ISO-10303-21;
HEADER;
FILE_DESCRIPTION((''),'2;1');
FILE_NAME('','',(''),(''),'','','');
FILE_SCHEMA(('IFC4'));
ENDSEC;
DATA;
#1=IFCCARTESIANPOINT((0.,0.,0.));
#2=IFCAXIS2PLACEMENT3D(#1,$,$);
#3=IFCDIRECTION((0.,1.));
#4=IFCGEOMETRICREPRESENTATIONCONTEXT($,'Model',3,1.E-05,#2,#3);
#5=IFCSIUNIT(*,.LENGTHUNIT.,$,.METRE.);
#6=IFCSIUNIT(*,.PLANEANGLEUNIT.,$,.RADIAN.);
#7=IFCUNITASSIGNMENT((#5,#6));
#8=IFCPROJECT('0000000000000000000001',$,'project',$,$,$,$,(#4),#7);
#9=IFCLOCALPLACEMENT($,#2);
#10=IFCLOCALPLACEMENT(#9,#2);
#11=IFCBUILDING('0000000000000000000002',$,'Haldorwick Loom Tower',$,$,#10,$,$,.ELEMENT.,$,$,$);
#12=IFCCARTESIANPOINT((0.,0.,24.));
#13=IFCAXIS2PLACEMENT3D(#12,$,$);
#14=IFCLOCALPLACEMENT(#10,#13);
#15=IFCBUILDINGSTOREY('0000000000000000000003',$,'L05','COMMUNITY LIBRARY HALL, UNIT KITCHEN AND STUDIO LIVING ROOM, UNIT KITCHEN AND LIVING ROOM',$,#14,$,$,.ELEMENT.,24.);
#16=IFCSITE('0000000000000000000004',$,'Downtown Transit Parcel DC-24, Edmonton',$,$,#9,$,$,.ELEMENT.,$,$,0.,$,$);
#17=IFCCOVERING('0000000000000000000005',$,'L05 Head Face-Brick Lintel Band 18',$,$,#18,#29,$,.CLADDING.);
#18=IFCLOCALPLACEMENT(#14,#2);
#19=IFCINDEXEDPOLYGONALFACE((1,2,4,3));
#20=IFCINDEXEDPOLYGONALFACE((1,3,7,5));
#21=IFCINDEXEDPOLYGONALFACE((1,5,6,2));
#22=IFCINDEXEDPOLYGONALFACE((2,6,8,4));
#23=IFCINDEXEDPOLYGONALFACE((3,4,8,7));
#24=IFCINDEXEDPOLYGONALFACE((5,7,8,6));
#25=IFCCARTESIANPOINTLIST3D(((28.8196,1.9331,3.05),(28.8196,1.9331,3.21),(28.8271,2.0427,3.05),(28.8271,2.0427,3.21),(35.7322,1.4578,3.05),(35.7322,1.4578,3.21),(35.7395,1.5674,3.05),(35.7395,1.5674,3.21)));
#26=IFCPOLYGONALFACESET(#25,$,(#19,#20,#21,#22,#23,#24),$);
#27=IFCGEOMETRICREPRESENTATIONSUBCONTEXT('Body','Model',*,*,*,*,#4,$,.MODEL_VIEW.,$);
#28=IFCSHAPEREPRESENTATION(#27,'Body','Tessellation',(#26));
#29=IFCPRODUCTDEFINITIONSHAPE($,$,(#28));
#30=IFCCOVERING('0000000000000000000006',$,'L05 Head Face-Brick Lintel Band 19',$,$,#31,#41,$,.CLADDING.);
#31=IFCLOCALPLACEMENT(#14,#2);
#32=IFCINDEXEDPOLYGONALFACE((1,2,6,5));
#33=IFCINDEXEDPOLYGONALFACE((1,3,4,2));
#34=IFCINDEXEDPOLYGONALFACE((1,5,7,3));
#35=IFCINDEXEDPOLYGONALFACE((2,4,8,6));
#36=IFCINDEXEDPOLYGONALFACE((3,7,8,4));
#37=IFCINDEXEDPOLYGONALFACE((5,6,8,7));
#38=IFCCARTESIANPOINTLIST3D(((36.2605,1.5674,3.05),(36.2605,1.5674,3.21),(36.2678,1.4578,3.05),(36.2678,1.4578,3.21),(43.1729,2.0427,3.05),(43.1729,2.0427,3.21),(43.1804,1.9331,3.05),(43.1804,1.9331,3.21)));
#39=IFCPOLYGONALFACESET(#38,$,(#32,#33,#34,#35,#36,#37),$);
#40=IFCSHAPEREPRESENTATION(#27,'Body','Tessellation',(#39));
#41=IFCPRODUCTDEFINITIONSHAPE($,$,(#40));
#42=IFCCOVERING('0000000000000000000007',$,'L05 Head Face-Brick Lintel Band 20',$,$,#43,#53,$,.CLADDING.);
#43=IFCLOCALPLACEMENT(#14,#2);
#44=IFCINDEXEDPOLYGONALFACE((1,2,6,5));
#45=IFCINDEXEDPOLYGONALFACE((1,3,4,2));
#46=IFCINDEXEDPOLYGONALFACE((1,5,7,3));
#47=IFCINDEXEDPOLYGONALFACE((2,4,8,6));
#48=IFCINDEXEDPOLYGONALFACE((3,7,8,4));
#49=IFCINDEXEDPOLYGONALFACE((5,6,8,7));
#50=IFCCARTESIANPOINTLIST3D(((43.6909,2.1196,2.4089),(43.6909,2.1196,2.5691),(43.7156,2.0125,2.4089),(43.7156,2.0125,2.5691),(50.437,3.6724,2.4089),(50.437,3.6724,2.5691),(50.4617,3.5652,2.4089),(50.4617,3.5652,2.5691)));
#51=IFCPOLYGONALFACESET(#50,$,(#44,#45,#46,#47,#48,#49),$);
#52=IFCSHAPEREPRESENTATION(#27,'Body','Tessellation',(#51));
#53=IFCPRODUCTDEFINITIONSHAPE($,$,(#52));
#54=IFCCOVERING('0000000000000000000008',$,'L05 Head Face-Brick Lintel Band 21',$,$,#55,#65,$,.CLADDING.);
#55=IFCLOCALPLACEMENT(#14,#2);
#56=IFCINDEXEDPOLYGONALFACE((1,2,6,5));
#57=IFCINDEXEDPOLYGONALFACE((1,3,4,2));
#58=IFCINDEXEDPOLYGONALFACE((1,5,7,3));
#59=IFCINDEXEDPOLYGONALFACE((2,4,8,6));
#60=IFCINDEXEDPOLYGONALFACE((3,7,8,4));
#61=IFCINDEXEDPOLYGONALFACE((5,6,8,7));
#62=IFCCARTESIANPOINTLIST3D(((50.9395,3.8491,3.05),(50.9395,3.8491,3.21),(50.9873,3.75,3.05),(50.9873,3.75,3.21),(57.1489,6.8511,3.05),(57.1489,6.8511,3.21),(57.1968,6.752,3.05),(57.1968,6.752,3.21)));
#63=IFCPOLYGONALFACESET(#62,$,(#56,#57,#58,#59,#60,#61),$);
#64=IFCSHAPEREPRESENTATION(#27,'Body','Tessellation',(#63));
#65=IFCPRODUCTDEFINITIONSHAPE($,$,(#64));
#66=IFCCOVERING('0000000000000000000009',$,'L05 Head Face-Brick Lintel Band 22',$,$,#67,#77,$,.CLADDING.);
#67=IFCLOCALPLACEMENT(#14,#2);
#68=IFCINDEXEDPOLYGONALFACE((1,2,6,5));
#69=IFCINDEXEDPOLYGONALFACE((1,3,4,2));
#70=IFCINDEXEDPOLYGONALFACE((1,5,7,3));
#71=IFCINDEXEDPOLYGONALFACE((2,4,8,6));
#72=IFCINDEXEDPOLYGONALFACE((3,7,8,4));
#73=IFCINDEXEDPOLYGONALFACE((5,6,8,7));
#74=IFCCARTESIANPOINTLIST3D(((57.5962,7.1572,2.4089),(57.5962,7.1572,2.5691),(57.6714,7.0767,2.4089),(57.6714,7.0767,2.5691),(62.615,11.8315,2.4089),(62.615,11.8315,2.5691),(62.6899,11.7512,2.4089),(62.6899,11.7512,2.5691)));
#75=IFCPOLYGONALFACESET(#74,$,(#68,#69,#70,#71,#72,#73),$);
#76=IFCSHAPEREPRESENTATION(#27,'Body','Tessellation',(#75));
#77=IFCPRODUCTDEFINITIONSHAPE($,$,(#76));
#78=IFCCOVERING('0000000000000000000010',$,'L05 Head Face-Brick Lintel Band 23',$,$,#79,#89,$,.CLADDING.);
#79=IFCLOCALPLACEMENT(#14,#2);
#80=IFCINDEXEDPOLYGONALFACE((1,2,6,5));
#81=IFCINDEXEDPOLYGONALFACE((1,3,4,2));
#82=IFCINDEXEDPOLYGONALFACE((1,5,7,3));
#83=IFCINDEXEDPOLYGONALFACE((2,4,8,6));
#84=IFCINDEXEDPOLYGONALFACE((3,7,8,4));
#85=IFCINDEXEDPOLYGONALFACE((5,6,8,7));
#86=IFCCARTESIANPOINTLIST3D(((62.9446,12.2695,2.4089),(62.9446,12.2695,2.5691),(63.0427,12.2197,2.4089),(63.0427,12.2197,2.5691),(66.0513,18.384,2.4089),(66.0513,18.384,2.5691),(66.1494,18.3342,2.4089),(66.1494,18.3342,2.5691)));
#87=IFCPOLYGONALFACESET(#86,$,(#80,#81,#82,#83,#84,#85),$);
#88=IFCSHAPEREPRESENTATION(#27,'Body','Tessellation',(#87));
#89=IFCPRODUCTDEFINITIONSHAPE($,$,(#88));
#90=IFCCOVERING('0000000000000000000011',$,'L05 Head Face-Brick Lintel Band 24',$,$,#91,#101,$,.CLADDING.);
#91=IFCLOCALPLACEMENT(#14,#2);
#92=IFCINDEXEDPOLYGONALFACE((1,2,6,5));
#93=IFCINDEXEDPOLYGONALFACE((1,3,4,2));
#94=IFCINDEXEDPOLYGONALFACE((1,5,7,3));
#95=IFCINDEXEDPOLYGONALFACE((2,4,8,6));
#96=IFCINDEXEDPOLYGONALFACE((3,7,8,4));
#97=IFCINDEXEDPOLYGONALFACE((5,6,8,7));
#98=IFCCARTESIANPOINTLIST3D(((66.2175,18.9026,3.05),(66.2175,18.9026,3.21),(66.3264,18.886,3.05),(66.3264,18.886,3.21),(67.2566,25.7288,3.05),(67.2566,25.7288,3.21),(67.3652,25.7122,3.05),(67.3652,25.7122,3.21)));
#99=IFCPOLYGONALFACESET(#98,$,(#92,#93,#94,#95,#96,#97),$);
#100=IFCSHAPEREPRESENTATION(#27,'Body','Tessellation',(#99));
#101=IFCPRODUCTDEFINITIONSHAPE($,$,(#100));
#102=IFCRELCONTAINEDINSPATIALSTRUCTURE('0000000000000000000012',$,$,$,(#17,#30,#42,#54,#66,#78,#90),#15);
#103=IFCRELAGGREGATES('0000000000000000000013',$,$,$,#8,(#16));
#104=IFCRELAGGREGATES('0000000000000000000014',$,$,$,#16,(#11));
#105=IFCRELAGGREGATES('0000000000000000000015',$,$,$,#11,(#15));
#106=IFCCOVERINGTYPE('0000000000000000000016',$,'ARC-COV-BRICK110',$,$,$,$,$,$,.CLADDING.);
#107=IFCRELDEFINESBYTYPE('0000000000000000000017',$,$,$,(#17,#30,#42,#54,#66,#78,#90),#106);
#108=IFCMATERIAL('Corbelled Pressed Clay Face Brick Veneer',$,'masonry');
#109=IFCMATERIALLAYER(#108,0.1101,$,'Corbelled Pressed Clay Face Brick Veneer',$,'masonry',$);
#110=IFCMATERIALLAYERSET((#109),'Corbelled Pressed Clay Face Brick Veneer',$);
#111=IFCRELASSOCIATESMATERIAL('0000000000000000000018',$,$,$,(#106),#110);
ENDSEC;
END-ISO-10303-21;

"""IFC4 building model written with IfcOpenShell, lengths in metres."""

from ifc_helpers import new_model, si_unit, direction, frame, origin, place, context, subcontext, project, spatial, polyline, outline, extrude, material, layer, layer_set, type_object, element, save


model = new_model("IFC4")

# Units and contexts
model_context = context("Model", 3, precision=1e-05, world=origin(), true_north=direction((0.0, 1.0)))
body_context = subcontext(model_context, "Body", "Model", "MODEL_VIEW")
ifc_project = project(units=[si_unit("LENGTHUNIT", "METRE"), si_unit("PLANEANGLEUNIT", "RADIAN")], contexts=[model_context])

# Site, building, storey
site_placement = place(None, origin())
site = spatial("IfcSite", under=ifc_project, at=site_placement, Name="Downtown Transit Parcel DC-24, Edmonton", CompositionType="ELEMENT", RefElevation=0.0)
building_placement = place(site_placement, origin())
building = spatial("IfcBuilding", under=site, at=building_placement, Name="Haldorwick Loom Tower", CompositionType="ELEMENT")
storey_placement = place(building_placement, frame((0.0, 0.0, 24.0)))
storey = spatial("IfcBuildingStorey", under=building, at=storey_placement, Name="L05", Description="COMMUNITY LIBRARY HALL, UNIT KITCHEN AND STUDIO LIVING ROOM, UNIT KITCHEN AND LIVING ROOM", CompositionType="ELEMENT", Elevation=24.0)

# Coverings
ifc_material_1 = material(Name="Corbelled Pressed Clay Face Brick Veneer", Category="masonry")
ifc_layer_1 = layer(ifc_material_1, 0.1101, Name="Corbelled Pressed Clay Face Brick Veneer", Category="masonry")
ifc_layer_set_1 = layer_set([ifc_layer_1], Name="Corbelled Pressed Clay Face Brick Veneer")
covering_type_1 = type_object("IfcCoveringType", Name="ARC-COV-BRICK110", PredefinedType="CLADDING", material=ifc_layer_set_1)
covering_1_placement = place(storey_placement, frame((0.0, 0.0, 3.05)))
element("IfcCovering", 1, at=covering_1_placement, inside=storey, type_object=covering_type_1, Name="L05 Head Face-Brick Lintel Band 18", PredefinedType="CLADDING", context=body_context, shape_type="SweptSolid", body=[
    extrude(outline(polyline([(28.8196, 1.9331), (35.7322, 1.4578), (35.7395, 1.5674), (28.8271, 2.0427), (28.8196, 1.9331)])), origin(), (0.0, 0.0, 1.0), 0.1599),
])
covering_2_placement = place(storey_placement, frame((0.0, 0.0, 3.05)))
element("IfcCovering", 2, at=covering_2_placement, inside=storey, type_object=covering_type_1, Name="L05 Head Face-Brick Lintel Band 19", PredefinedType="CLADDING", context=body_context, shape_type="SweptSolid", body=[
    extrude(outline(polyline([(36.2678, 1.4578), (43.1804, 1.9331), (43.1729, 2.0427), (36.2605, 1.5674), (36.2678, 1.4578)])), origin(), (0.0, 0.0, 1.0), 0.1599),
])
covering_3_placement = place(storey_placement, frame((0.0, 0.0, 2.4089)))
element("IfcCovering", 3, at=covering_3_placement, inside=storey, type_object=covering_type_1, Name="L05 Head Face-Brick Lintel Band 20", PredefinedType="CLADDING", context=body_context, shape_type="SweptSolid", body=[
    extrude(outline(polyline([(43.7156, 2.0125), (50.4617, 3.5652), (50.437, 3.6724), (43.6909, 2.1196), (43.7156, 2.0125)])), origin(), (0.0, 0.0, 1.0), 0.1602),
])
covering_4_placement = place(storey_placement, frame((0.0, 0.0, 3.05)))
element("IfcCovering", 4, at=covering_4_placement, inside=storey, type_object=covering_type_1, Name="L05 Head Face-Brick Lintel Band 21", PredefinedType="CLADDING", context=body_context, shape_type="SweptSolid", body=[
    extrude(outline(polyline([(50.9873, 3.75), (57.1968, 6.752), (57.1489, 6.8511), (50.9395, 3.8491), (50.9873, 3.75)])), origin(), (0.0, 0.0, 1.0), 0.1599),
])
covering_5_placement = place(storey_placement, frame((0.0, 0.0, 2.4089)))
element("IfcCovering", 5, at=covering_5_placement, inside=storey, type_object=covering_type_1, Name="L05 Head Face-Brick Lintel Band 22", PredefinedType="CLADDING", context=body_context, shape_type="SweptSolid", body=[
    extrude(outline(polyline([(57.6714, 7.0767), (62.6899, 11.7512), (62.615, 11.8315), (57.5962, 7.1572), (57.6714, 7.0767)])), origin(), (0.0, 0.0, 1.0), 0.1602),
])
covering_6_placement = place(storey_placement, frame((0.0, 0.0, 2.4089)))
element("IfcCovering", 6, at=covering_6_placement, inside=storey, type_object=covering_type_1, Name="L05 Head Face-Brick Lintel Band 23", PredefinedType="CLADDING", context=body_context, shape_type="SweptSolid", body=[
    extrude(outline(polyline([(63.0427, 12.2197), (66.1494, 18.3342), (66.0513, 18.384), (62.9446, 12.2695), (63.0427, 12.2197)])), origin(), (0.0, 0.0, 1.0), 0.1602),
])
covering_7_placement = place(storey_placement, frame((0.0, 0.0, 3.05)))
element("IfcCovering", 7, at=covering_7_placement, inside=storey, type_object=covering_type_1, Name="L05 Head Face-Brick Lintel Band 24", PredefinedType="CLADDING", context=body_context, shape_type="SweptSolid", body=[
    extrude(outline(polyline([(66.3264, 18.886), (67.3652, 25.7122), (67.2566, 25.7288), (66.2175, 18.9026), (66.3264, 18.886)])), origin(), (0.0, 0.0, 1.0), 0.1599),
])

save(model, "model.ifc")
